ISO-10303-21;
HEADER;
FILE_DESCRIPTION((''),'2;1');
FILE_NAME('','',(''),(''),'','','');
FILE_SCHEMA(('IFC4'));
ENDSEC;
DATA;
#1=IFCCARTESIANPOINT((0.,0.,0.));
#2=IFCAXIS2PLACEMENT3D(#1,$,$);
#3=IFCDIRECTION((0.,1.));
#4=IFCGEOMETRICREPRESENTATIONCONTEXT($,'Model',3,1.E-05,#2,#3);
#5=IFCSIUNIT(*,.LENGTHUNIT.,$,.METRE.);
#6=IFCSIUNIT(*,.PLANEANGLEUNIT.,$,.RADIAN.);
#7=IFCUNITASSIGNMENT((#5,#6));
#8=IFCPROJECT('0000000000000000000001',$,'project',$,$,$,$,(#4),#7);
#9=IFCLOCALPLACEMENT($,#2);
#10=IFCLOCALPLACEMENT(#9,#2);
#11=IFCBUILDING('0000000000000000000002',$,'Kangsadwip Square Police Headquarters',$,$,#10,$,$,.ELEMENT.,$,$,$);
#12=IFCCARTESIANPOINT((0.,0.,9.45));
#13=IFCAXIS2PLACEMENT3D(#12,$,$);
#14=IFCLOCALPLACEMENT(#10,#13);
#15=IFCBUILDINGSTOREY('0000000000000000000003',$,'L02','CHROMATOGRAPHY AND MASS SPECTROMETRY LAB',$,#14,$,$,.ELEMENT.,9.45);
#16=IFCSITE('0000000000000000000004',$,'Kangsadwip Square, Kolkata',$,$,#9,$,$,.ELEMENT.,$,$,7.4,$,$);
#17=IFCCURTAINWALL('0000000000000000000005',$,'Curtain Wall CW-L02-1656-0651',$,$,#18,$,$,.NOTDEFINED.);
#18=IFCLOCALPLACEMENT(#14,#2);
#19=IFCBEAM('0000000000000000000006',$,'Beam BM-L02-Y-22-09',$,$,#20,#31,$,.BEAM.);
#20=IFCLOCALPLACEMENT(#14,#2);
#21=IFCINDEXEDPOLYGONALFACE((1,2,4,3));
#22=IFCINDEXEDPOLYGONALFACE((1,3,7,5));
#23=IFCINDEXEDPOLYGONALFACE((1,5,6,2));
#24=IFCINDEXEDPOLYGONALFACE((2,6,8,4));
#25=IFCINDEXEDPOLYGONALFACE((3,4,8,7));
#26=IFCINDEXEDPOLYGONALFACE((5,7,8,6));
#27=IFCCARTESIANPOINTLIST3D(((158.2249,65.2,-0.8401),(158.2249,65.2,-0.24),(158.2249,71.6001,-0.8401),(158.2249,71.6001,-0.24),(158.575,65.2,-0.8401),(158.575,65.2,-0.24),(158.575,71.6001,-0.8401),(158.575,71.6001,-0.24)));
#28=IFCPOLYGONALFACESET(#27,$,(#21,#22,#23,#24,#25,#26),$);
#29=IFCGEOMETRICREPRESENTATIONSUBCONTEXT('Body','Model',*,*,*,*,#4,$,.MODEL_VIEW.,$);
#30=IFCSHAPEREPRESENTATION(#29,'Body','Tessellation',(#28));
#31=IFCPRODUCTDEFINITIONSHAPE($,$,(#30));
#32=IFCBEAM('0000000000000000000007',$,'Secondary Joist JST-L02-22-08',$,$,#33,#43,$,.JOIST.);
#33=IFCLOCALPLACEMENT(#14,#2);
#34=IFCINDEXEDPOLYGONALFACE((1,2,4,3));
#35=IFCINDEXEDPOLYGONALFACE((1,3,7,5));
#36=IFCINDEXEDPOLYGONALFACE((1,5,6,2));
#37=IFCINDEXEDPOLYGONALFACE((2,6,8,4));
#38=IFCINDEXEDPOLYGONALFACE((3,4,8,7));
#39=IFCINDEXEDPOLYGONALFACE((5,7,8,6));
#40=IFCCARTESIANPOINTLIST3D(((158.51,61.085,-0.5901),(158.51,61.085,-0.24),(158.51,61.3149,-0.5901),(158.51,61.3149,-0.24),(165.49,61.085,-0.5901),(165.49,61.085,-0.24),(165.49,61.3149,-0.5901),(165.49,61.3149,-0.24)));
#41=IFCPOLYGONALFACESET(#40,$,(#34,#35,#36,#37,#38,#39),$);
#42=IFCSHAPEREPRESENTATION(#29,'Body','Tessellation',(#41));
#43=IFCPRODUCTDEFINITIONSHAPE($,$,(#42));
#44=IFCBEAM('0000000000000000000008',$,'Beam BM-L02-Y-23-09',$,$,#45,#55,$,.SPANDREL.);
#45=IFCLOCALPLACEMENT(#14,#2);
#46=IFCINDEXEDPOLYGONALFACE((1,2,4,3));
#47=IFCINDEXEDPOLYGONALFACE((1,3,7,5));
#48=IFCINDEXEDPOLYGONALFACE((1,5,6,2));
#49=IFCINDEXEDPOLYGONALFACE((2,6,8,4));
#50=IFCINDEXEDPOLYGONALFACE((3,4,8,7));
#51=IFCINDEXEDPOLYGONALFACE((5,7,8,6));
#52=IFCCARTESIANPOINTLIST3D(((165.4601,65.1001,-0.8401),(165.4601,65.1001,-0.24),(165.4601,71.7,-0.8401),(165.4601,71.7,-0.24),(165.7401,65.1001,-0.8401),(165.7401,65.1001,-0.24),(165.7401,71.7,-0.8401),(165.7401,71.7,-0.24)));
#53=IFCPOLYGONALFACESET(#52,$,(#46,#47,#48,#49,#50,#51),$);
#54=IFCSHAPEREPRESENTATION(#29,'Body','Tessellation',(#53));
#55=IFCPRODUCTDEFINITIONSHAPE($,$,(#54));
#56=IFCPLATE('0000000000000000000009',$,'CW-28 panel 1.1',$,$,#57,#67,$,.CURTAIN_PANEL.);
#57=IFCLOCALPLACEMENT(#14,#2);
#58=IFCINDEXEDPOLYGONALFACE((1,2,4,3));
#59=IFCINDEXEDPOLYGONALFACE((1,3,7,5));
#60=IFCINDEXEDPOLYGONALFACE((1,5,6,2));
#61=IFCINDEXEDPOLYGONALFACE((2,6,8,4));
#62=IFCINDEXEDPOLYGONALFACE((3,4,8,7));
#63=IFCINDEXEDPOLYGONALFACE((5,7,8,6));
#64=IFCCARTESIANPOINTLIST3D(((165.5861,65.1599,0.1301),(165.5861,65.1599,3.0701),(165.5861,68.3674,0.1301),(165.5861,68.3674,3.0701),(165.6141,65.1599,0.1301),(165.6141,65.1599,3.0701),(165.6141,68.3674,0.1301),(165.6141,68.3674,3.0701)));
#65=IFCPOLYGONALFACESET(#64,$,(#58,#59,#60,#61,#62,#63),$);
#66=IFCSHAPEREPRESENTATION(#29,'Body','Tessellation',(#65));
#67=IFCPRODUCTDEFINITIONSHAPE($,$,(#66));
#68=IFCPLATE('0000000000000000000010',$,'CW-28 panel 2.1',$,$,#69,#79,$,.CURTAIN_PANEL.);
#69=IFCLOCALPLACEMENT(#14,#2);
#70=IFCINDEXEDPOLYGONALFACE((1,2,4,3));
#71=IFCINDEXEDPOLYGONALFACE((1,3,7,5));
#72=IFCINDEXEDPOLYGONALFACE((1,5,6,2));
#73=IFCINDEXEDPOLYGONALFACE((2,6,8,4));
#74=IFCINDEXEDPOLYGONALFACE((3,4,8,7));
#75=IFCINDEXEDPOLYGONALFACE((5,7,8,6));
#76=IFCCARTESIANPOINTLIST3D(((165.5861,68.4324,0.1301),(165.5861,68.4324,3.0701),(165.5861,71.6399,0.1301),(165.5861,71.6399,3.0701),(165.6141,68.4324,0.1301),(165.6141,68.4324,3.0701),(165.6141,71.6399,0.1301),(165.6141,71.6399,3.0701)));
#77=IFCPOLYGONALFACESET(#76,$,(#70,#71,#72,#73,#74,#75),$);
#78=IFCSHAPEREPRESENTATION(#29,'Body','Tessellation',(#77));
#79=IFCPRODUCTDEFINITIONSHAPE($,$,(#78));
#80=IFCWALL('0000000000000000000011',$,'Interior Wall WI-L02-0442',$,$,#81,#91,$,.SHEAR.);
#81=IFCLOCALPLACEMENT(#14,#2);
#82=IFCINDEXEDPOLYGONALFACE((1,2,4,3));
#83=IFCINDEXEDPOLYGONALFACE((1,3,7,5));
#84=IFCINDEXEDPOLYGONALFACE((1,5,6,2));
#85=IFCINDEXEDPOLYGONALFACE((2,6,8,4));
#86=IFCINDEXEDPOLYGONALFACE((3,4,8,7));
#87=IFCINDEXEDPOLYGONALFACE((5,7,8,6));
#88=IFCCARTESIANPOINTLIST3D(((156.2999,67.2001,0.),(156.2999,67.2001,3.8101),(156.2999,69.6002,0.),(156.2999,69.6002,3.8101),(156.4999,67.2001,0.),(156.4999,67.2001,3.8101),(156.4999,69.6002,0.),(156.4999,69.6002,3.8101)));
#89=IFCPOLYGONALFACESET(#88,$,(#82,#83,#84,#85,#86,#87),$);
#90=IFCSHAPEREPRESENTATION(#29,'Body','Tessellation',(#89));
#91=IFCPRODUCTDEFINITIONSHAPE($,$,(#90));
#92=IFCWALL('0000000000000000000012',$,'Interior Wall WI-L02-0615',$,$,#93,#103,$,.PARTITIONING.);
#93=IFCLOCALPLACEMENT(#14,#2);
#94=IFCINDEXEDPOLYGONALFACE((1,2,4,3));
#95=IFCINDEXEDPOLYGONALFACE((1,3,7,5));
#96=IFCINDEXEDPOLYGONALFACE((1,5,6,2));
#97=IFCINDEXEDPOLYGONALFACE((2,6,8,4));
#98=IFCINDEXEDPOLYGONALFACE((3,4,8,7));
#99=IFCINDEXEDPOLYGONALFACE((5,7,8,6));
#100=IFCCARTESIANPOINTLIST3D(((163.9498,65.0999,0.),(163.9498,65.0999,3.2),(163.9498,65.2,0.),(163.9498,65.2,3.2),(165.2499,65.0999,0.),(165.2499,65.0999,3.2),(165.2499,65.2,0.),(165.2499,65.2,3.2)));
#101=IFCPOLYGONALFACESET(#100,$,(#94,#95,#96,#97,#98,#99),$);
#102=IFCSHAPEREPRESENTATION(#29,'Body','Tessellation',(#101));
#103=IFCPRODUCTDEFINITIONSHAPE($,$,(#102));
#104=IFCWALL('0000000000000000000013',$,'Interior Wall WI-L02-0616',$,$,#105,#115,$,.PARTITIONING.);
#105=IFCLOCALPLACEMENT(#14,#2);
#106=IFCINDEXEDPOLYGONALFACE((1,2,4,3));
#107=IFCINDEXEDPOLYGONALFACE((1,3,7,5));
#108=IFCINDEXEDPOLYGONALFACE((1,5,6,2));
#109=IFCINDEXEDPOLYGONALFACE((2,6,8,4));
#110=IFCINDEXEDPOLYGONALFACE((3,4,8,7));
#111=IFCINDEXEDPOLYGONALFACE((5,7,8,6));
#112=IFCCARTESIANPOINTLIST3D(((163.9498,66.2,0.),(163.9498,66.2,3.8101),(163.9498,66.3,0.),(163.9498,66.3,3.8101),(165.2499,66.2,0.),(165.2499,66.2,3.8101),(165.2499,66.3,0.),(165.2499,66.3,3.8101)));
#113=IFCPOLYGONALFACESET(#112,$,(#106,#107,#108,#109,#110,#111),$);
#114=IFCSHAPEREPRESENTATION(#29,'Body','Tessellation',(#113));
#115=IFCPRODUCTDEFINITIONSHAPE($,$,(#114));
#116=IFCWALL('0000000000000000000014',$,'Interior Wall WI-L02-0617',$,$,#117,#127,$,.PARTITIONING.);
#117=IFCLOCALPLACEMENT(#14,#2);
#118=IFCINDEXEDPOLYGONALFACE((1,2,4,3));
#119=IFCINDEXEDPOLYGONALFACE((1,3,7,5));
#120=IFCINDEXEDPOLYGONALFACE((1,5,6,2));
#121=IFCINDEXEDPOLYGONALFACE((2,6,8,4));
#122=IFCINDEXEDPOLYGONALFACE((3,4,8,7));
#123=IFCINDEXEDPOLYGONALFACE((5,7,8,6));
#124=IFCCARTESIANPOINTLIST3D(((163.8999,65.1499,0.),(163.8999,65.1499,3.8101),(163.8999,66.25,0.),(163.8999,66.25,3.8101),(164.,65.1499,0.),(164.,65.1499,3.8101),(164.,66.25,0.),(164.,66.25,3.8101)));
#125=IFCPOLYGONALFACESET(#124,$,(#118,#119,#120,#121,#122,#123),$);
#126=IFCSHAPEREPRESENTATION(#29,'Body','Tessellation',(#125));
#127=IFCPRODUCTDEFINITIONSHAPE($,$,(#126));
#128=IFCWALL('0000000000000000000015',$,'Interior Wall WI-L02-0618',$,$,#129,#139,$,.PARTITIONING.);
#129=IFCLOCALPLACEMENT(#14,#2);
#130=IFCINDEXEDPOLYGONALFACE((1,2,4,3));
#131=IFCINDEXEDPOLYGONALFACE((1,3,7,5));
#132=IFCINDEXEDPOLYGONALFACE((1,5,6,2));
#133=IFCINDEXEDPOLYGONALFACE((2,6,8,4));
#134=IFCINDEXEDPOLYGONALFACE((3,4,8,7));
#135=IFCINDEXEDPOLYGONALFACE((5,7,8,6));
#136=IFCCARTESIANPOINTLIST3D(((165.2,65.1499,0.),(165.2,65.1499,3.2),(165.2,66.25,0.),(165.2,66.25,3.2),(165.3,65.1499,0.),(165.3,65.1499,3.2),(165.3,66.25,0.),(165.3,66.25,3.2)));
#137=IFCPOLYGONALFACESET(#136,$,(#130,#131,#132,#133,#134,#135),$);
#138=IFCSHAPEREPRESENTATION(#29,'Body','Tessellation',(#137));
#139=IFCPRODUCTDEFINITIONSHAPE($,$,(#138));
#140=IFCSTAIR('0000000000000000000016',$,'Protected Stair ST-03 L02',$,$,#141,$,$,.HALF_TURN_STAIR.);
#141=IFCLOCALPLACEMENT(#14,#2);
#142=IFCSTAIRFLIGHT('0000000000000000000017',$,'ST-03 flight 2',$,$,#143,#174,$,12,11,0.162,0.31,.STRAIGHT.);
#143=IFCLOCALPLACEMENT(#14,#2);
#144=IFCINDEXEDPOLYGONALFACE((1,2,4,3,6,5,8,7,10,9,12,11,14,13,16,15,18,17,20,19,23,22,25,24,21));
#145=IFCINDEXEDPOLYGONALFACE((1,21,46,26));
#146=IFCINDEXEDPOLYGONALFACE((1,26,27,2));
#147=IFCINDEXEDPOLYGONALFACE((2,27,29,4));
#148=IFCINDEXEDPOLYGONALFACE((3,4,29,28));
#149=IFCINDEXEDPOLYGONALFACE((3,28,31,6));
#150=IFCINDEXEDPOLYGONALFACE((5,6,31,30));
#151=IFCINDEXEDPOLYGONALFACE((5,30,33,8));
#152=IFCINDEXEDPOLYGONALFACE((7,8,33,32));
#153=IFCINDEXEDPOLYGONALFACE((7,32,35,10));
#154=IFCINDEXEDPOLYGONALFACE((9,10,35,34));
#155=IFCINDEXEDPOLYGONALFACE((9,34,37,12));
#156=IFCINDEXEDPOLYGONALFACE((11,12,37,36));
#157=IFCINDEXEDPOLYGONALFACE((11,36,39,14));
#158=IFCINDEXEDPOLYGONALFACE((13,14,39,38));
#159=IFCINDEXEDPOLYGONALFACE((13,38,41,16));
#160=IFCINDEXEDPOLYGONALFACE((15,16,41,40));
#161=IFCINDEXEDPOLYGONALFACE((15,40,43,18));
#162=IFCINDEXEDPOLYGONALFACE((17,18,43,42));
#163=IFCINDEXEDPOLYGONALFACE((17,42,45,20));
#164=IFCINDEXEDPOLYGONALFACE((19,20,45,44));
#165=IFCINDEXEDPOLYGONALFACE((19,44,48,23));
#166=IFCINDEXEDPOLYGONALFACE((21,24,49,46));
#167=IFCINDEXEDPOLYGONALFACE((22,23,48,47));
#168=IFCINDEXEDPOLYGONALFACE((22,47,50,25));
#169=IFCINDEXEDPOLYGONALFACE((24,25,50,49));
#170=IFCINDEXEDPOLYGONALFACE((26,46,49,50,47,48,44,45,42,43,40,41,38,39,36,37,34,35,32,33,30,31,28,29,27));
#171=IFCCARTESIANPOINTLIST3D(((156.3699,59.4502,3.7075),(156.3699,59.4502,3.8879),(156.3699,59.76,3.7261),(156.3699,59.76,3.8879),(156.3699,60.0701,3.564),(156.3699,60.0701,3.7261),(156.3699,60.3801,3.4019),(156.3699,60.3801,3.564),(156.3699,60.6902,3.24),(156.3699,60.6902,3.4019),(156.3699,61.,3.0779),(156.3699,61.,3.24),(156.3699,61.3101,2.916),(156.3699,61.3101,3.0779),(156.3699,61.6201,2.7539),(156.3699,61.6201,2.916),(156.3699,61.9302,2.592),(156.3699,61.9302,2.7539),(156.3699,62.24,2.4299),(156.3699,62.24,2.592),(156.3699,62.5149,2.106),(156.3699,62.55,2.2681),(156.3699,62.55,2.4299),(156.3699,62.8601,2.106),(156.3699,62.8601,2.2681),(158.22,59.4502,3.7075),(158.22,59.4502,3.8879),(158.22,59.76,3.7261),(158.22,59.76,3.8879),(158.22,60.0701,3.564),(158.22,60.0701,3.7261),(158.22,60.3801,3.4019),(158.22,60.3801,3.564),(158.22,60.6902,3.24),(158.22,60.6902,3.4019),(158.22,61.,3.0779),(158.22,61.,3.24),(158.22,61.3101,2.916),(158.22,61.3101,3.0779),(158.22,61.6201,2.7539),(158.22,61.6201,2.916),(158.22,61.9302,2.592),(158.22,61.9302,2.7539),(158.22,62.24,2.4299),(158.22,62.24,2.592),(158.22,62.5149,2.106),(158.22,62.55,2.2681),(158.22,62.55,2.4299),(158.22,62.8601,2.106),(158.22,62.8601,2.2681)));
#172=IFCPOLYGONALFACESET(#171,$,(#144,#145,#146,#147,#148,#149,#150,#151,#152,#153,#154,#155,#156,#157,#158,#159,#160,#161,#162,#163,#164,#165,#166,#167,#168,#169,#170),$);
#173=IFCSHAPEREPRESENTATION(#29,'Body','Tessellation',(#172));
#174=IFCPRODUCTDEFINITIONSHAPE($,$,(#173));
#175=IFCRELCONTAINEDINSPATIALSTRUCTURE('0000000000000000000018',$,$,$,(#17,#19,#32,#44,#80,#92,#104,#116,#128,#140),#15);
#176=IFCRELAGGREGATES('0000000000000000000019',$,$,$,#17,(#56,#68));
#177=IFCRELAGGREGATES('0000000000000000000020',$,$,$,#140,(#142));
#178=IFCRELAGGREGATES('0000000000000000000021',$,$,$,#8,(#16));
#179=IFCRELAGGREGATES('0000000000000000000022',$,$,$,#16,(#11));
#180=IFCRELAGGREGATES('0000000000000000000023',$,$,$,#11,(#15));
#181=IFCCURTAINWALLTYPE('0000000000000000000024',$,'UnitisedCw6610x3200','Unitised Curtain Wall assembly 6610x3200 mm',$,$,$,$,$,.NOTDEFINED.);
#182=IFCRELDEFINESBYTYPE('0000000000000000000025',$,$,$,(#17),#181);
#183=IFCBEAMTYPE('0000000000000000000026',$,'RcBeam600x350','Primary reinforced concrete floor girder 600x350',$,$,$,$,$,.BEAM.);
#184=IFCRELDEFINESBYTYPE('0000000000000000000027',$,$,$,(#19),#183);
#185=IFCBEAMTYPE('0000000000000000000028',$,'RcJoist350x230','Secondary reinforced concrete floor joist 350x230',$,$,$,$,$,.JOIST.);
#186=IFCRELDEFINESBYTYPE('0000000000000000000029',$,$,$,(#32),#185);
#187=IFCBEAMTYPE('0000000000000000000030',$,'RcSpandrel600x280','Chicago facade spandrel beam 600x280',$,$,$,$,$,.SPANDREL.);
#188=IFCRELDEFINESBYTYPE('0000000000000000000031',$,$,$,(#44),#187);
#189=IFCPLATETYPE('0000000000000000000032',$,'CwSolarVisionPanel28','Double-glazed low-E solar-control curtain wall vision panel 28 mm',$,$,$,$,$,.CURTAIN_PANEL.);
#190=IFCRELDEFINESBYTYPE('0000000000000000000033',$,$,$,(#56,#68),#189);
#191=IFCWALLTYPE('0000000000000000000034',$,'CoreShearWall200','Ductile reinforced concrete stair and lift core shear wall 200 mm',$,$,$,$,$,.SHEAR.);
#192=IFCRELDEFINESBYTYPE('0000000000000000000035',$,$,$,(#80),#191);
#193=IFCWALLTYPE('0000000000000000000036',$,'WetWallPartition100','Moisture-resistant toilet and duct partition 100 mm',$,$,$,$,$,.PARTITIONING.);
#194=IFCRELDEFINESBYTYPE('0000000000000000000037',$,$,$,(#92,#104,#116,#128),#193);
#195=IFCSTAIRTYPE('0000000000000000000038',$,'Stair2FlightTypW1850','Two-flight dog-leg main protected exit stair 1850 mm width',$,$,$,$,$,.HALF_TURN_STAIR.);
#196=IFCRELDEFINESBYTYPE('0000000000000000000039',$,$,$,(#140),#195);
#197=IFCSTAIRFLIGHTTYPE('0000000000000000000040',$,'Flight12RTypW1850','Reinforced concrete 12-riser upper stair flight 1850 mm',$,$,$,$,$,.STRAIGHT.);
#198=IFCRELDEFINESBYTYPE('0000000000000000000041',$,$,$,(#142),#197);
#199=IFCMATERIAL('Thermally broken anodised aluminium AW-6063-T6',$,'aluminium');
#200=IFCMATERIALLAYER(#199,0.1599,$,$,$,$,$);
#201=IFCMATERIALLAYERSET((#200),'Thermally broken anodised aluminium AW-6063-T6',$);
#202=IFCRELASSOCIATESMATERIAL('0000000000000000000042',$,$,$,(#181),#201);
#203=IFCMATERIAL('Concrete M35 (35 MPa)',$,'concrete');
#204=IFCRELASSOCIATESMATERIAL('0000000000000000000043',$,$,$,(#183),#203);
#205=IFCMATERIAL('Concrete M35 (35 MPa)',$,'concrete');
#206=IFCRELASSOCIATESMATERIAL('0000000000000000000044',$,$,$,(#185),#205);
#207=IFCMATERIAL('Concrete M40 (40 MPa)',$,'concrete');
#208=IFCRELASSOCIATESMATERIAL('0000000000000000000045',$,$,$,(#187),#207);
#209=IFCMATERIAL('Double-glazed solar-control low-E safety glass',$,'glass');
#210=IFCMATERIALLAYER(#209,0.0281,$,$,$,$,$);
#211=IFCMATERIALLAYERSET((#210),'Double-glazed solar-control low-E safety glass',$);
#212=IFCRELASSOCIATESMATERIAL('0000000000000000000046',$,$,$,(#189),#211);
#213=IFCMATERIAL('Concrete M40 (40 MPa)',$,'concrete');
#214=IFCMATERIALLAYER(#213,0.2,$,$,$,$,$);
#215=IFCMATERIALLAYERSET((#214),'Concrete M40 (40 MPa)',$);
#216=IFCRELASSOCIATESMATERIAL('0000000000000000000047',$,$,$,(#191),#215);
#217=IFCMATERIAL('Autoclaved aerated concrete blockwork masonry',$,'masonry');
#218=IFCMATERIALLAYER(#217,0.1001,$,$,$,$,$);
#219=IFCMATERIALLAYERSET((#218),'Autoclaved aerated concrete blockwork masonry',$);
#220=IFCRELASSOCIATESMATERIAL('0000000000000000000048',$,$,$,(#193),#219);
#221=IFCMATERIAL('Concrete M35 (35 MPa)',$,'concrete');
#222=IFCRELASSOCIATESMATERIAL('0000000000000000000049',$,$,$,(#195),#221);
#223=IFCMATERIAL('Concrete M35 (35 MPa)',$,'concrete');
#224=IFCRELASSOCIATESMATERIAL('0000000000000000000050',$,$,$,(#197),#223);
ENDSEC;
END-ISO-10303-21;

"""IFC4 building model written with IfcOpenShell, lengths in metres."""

from ifc_helpers import new_model, si_unit, direction, frame, frame_2d, origin, origin_2d, place, context, subcontext, project, spatial, polyline, rectangle, outline, extrude, material, layer, layer_set, material_profile, profile_set, type_object, element, aggregate, save


model = new_model("IFC4")

# Units and contexts
model_context = context("Model", 3, precision=1e-05, world=origin(), true_north=direction((0.0, 1.0)))
body_context = subcontext(model_context, "Body", "Model", "MODEL_VIEW")
ifc_project = project(units=[si_unit("LENGTHUNIT", "METRE"), si_unit("PLANEANGLEUNIT", "RADIAN")], contexts=[model_context])

# Site, building, storey
site_placement = place(None, origin())
site = spatial("IfcSite", under=ifc_project, at=site_placement, Name="Kangsadwip Square, Kolkata", CompositionType="ELEMENT", RefElevation=7.4)
building_placement = place(site_placement, origin())
building = spatial("IfcBuilding", under=site, at=building_placement, Name="Kangsadwip Square Police Headquarters", CompositionType="ELEMENT")
storey_placement = place(building_placement, frame((0.0, 0.0, 9.45)))
storey = spatial("IfcBuildingStorey", under=building, at=storey_placement, Name="L02", Description="CHROMATOGRAPHY AND MASS SPECTROMETRY LAB", CompositionType="ELEMENT", Elevation=9.45)

# Curtain wall
ifc_material_1 = material(Name="Thermally broken anodised aluminium AW-6063-T6", Category="aluminium")
ifc_layer_1 = layer(ifc_material_1, 0.1599)
ifc_layer_set_1 = layer_set([ifc_layer_1], Name="Thermally broken anodised aluminium AW-6063-T6")
curtain_wall_type = type_object("IfcCurtainWallType", Name="UnitisedCw6610x3200", Description="Unitised Curtain Wall assembly 6610x3200 mm", PredefinedType="NOTDEFINED", material=ifc_layer_set_1)
curtain_wall_placement = place(storey_placement, origin())
curtain_wall = element("IfcCurtainWall", 1, at=curtain_wall_placement, inside=storey, type_object=curtain_wall_type, Name="Curtain Wall CW-L02-1656-0651", PredefinedType="NOTDEFINED")

# Beams
ifc_material_2 = material(Name="Concrete M35 (35 MPa)", Category="concrete")
ifc_material_profile_1 = material_profile(ifc_material_2, rectangle(XDim=0.3501, YDim=0.6001, at=origin_2d()), Name="RC BM 600X350")
ifc_profile_set_1 = profile_set([ifc_material_profile_1], Name="Concrete M35 (35 MPa)")
beam_type_1 = type_object("IfcBeamType", Name="RcBeam600x350", Description="Primary reinforced concrete floor girder 600x350", PredefinedType="BEAM", material=ifc_profile_set_1)
beam_1_placement = place(storey_placement, frame((158.3999, 65.2, -0.54), z_axis=(0.0, 1.0, 0.0), x_axis=(-1.0, 0.0, 0.0)))
element("IfcBeam", 2, at=beam_1_placement, inside=storey, type_object=beam_type_1, Name="Beam BM-L02-Y-22-09", PredefinedType="BEAM", context=body_context, shape_type="SweptSolid", body=[
    extrude(rectangle(XDim=0.3501, YDim=0.6001, at=origin_2d()), origin(), (0.0, 0.0, 1.0), 6.4001),
])
ifc_material_3 = material(Name="Concrete M35 (35 MPa)", Category="concrete")
ifc_material_profile_2 = material_profile(ifc_material_3, rectangle(XDim=0.23, YDim=0.3501, at=origin_2d()), Name="RC JST 350X230")
ifc_profile_set_2 = profile_set([ifc_material_profile_2], Name="Concrete M35 (35 MPa)")
beam_type_2 = type_object("IfcBeamType", Name="RcJoist350x230", Description="Secondary reinforced concrete floor joist 350x230", PredefinedType="JOIST", material=ifc_profile_set_2)
beam_2_placement = place(storey_placement, frame((158.51, 61.2, -0.415), z_axis=(1.0, 0.0, 0.0), x_axis=(0.0, 1.0, 0.0)))
element("IfcBeam", 3, at=beam_2_placement, inside=storey, type_object=beam_type_2, Name="Secondary Joist JST-L02-22-08", PredefinedType="JOIST", context=body_context, shape_type="SweptSolid", body=[
    extrude(rectangle(XDim=0.23, YDim=0.3501, at=origin_2d()), origin(), (0.0, 0.0, 1.0), 6.98),
])
ifc_material_4 = material(Name="Concrete M40 (40 MPa)", Category="concrete")
ifc_material_profile_3 = material_profile(ifc_material_4, rectangle(XDim=0.28, YDim=0.6001, at=origin_2d()), Name="RC SPN 600X280")
ifc_profile_set_3 = profile_set([ifc_material_profile_3], Name="Concrete M40 (40 MPa)")
beam_type_3 = type_object("IfcBeamType", Name="RcSpandrel600x280", Description="Chicago facade spandrel beam 600x280", PredefinedType="SPANDREL", material=ifc_profile_set_3)
beam_3_placement = place(storey_placement, frame((165.6001, 65.1001, -0.54), z_axis=(0.0, 1.0, 0.0), x_axis=(-1.0, 0.0, 0.0)))
element("IfcBeam", 4, at=beam_3_placement, inside=storey, type_object=beam_type_3, Name="Beam BM-L02-Y-23-09", PredefinedType="SPANDREL", context=body_context, shape_type="SweptSolid", body=[
    extrude(rectangle(XDim=0.28, YDim=0.6001, at=origin_2d()), origin(), (0.0, 0.0, 1.0), 6.5999),
])

# Plates
ifc_material_5 = material(Name="Double-glazed solar-control low-E safety glass", Category="glass")
ifc_layer_2 = layer(ifc_material_5, 0.0281)
ifc_layer_set_2 = layer_set([ifc_layer_2], Name="Double-glazed solar-control low-E safety glass")
plate_type = type_object("IfcPlateType", Name="CwSolarVisionPanel28", Description="Double-glazed low-E solar-control curtain wall vision panel 28 mm", PredefinedType="CURTAIN_PANEL", material=ifc_layer_set_2)
plate_1_placement = place(storey_placement, frame((165.6001, 66.7637, 0.1301), z_axis=(0.0, 0.0, 1.0), x_axis=(0.0, 1.0, 0.0)))
plate_1 = element("IfcPlate", 5, at=plate_1_placement, type_object=plate_type, Name="CW-28 panel 1.1", PredefinedType="CURTAIN_PANEL", context=body_context, shape_type="SweptSolid", body=[
    extrude(rectangle(XDim=3.2075, YDim=0.0281, at=origin_2d()), origin(), (0.0, 0.0, 1.0), 2.9399),
])
plate_2_placement = place(storey_placement, frame((165.6001, 70.0361, 0.1301), z_axis=(0.0, 0.0, 1.0), x_axis=(0.0, 1.0, 0.0)))
plate_2 = element("IfcPlate", 6, at=plate_2_placement, type_object=plate_type, Name="CW-28 panel 2.1", PredefinedType="CURTAIN_PANEL", context=body_context, shape_type="SweptSolid", body=[
    extrude(rectangle(XDim=3.2075, YDim=0.0281, at=origin_2d()), origin(), (0.0, 0.0, 1.0), 2.9399),
])
aggregate(curtain_wall, [plate_1, plate_2])

# Walls
ifc_material_6 = material(Name="Concrete M40 (40 MPa)", Category="concrete")
ifc_layer_3 = layer(ifc_material_6, 0.2)
ifc_layer_set_3 = layer_set([ifc_layer_3], Name="Concrete M40 (40 MPa)")
wall_type_1 = type_object("IfcWallType", Name="CoreShearWall200", Description="Ductile reinforced concrete stair and lift core shear wall 200 mm", PredefinedType="SHEAR", material=ifc_layer_set_3)
wall_1_placement = place(storey_placement, frame((156.3999, 67.2, 0.0), z_axis=(0.0, 0.0, 1.0), x_axis=(0.0, 1.0, 0.0)))
element("IfcWall", 7, at=wall_1_placement, inside=storey, type_object=wall_type_1, Name="Interior Wall WI-L02-0442", PredefinedType="SHEAR", context=body_context, shape_type="SweptSolid", body=[
    extrude(rectangle(XDim=2.4001, YDim=0.2, at=frame_2d((1.2002, 0.0))), origin(), (0.0, 0.0, 1.0), 3.8101),
])
ifc_material_7 = material(Name="Autoclaved aerated concrete blockwork masonry", Category="masonry")
ifc_layer_4 = layer(ifc_material_7, 0.1001)
ifc_layer_set_4 = layer_set([ifc_layer_4], Name="Autoclaved aerated concrete blockwork masonry")
wall_type_2 = type_object("IfcWallType", Name="WetWallPartition100", Description="Moisture-resistant toilet and duct partition 100 mm", PredefinedType="PARTITIONING", material=ifc_layer_set_4)
wall_2_placement = place(storey_placement, frame((163.95, 65.1499, 0.0), z_axis=(0.0, 0.0, 1.0), x_axis=(1.0, 0.0, 0.0)))
element("IfcWall", 8, at=wall_2_placement, inside=storey, type_object=wall_type_2, Name="Interior Wall WI-L02-0615", PredefinedType="PARTITIONING", context=body_context, shape_type="SweptSolid", body=[
    extrude(rectangle(XDim=1.3, YDim=0.1001, at=frame_2d((0.6499, 0.0))), origin(), (0.0, 0.0, 1.0), 3.2),
])
wall_3_placement = place(storey_placement, frame((163.95, 66.25, 0.0), z_axis=(0.0, 0.0, 1.0), x_axis=(1.0, 0.0, 0.0)))
element("IfcWall", 9, at=wall_3_placement, inside=storey, type_object=wall_type_2, Name="Interior Wall WI-L02-0616", PredefinedType="PARTITIONING", context=body_context, shape_type="SweptSolid", body=[
    extrude(rectangle(XDim=1.3, YDim=0.1001, at=frame_2d((0.6499, 0.0))), origin(), (0.0, 0.0, 1.0), 3.8101),
])
wall_4_placement = place(storey_placement, frame((163.95, 65.1499, 0.0), z_axis=(0.0, 0.0, 1.0), x_axis=(0.0, 1.0, 0.0)))
element("IfcWall", 10, at=wall_4_placement, inside=storey, type_object=wall_type_2, Name="Interior Wall WI-L02-0617", PredefinedType="PARTITIONING", context=body_context, shape_type="SweptSolid", body=[
    extrude(rectangle(XDim=1.1001, YDim=0.1001, at=frame_2d((0.55, 0.0))), origin(), (0.0, 0.0, 1.0), 3.8101),
])
wall_5_placement = place(storey_placement, frame((165.25, 65.1499, 0.0), z_axis=(0.0, 0.0, 1.0), x_axis=(0.0, 1.0, 0.0)))
element("IfcWall", 11, at=wall_5_placement, inside=storey, type_object=wall_type_2, Name="Interior Wall WI-L02-0618", PredefinedType="PARTITIONING", context=body_context, shape_type="SweptSolid", body=[
    extrude(rectangle(XDim=1.1001, YDim=0.1001, at=frame_2d((0.55, 0.0))), origin(), (0.0, 0.0, 1.0), 3.2),
])

# Stair, stair flight
ifc_material_8 = material(Name="Concrete M35 (35 MPa)", Category="concrete")
stair_type = type_object("IfcStairType", Name="Stair2FlightTypW1850", Description="Two-flight dog-leg main protected exit stair 1850 mm width", PredefinedType="HALF_TURN_STAIR", material=ifc_material_8)
stair_placement = place(storey_placement, origin())
stair = element("IfcStair", 12, at=stair_placement, inside=storey, type_object=stair_type, Name="Protected Stair ST-03 L02", PredefinedType="HALF_TURN_STAIR")
ifc_material_9 = material(Name="Concrete M35 (35 MPa)", Category="concrete")
stair_flight_type = type_object("IfcStairFlightType", Name="Flight12RTypW1850", Description="Reinforced concrete 12-riser upper stair flight 1850 mm", PredefinedType="STRAIGHT", material=ifc_material_9)
stair_flight_placement = place(storey_placement, frame((157.2949, 62.8601, 2.106), z_axis=(0.0, 0.0, 1.0), x_axis=(0.0, -1.0, 0.0)))
stair_flight = element("IfcStairFlight", 13, at=stair_flight_placement, type_object=stair_flight_type, Name="ST-03 flight 2", NumberOfRisers=12, NumberOfTreads=11, PredefinedType="STRAIGHT", RiserHeight=0.162, TreadLength=0.31, context=body_context, shape_type="SweptSolid", body=[
    extrude(outline(polyline([(0.0, 0.0), (0.0, 0.1621), (0.3101, 0.1621), (0.3101, 0.324), (0.6201, 0.324), (0.6201, 0.4861), (0.9299, 0.4861), (0.9299, 0.6479), (1.24, 0.6479), (1.24, 0.8101), (1.55, 0.8101), (1.55, 0.9719), (1.8601, 0.9719), (1.8601, 1.134), (2.1699, 1.134), (2.1699, 1.2959), (2.48, 1.2959), (2.48, 1.458), (2.79, 1.458), (2.79, 1.6201), (3.1001, 1.6201), (3.1001, 1.782), (3.4099, 1.782), (3.4099, 1.9441), (3.4099, 1.6016), (0.3452, 0.0), (0.0, 0.0)])), frame((0.0, 0.925, 0.0), z_axis=(0.0, -1.0, 0.0), x_axis=(1.0, 0.0, 0.0)), (0.0, 0.0, 1.0), 1.8501),
])
aggregate(stair, [stair_flight])

save(model, "model.ifc")
